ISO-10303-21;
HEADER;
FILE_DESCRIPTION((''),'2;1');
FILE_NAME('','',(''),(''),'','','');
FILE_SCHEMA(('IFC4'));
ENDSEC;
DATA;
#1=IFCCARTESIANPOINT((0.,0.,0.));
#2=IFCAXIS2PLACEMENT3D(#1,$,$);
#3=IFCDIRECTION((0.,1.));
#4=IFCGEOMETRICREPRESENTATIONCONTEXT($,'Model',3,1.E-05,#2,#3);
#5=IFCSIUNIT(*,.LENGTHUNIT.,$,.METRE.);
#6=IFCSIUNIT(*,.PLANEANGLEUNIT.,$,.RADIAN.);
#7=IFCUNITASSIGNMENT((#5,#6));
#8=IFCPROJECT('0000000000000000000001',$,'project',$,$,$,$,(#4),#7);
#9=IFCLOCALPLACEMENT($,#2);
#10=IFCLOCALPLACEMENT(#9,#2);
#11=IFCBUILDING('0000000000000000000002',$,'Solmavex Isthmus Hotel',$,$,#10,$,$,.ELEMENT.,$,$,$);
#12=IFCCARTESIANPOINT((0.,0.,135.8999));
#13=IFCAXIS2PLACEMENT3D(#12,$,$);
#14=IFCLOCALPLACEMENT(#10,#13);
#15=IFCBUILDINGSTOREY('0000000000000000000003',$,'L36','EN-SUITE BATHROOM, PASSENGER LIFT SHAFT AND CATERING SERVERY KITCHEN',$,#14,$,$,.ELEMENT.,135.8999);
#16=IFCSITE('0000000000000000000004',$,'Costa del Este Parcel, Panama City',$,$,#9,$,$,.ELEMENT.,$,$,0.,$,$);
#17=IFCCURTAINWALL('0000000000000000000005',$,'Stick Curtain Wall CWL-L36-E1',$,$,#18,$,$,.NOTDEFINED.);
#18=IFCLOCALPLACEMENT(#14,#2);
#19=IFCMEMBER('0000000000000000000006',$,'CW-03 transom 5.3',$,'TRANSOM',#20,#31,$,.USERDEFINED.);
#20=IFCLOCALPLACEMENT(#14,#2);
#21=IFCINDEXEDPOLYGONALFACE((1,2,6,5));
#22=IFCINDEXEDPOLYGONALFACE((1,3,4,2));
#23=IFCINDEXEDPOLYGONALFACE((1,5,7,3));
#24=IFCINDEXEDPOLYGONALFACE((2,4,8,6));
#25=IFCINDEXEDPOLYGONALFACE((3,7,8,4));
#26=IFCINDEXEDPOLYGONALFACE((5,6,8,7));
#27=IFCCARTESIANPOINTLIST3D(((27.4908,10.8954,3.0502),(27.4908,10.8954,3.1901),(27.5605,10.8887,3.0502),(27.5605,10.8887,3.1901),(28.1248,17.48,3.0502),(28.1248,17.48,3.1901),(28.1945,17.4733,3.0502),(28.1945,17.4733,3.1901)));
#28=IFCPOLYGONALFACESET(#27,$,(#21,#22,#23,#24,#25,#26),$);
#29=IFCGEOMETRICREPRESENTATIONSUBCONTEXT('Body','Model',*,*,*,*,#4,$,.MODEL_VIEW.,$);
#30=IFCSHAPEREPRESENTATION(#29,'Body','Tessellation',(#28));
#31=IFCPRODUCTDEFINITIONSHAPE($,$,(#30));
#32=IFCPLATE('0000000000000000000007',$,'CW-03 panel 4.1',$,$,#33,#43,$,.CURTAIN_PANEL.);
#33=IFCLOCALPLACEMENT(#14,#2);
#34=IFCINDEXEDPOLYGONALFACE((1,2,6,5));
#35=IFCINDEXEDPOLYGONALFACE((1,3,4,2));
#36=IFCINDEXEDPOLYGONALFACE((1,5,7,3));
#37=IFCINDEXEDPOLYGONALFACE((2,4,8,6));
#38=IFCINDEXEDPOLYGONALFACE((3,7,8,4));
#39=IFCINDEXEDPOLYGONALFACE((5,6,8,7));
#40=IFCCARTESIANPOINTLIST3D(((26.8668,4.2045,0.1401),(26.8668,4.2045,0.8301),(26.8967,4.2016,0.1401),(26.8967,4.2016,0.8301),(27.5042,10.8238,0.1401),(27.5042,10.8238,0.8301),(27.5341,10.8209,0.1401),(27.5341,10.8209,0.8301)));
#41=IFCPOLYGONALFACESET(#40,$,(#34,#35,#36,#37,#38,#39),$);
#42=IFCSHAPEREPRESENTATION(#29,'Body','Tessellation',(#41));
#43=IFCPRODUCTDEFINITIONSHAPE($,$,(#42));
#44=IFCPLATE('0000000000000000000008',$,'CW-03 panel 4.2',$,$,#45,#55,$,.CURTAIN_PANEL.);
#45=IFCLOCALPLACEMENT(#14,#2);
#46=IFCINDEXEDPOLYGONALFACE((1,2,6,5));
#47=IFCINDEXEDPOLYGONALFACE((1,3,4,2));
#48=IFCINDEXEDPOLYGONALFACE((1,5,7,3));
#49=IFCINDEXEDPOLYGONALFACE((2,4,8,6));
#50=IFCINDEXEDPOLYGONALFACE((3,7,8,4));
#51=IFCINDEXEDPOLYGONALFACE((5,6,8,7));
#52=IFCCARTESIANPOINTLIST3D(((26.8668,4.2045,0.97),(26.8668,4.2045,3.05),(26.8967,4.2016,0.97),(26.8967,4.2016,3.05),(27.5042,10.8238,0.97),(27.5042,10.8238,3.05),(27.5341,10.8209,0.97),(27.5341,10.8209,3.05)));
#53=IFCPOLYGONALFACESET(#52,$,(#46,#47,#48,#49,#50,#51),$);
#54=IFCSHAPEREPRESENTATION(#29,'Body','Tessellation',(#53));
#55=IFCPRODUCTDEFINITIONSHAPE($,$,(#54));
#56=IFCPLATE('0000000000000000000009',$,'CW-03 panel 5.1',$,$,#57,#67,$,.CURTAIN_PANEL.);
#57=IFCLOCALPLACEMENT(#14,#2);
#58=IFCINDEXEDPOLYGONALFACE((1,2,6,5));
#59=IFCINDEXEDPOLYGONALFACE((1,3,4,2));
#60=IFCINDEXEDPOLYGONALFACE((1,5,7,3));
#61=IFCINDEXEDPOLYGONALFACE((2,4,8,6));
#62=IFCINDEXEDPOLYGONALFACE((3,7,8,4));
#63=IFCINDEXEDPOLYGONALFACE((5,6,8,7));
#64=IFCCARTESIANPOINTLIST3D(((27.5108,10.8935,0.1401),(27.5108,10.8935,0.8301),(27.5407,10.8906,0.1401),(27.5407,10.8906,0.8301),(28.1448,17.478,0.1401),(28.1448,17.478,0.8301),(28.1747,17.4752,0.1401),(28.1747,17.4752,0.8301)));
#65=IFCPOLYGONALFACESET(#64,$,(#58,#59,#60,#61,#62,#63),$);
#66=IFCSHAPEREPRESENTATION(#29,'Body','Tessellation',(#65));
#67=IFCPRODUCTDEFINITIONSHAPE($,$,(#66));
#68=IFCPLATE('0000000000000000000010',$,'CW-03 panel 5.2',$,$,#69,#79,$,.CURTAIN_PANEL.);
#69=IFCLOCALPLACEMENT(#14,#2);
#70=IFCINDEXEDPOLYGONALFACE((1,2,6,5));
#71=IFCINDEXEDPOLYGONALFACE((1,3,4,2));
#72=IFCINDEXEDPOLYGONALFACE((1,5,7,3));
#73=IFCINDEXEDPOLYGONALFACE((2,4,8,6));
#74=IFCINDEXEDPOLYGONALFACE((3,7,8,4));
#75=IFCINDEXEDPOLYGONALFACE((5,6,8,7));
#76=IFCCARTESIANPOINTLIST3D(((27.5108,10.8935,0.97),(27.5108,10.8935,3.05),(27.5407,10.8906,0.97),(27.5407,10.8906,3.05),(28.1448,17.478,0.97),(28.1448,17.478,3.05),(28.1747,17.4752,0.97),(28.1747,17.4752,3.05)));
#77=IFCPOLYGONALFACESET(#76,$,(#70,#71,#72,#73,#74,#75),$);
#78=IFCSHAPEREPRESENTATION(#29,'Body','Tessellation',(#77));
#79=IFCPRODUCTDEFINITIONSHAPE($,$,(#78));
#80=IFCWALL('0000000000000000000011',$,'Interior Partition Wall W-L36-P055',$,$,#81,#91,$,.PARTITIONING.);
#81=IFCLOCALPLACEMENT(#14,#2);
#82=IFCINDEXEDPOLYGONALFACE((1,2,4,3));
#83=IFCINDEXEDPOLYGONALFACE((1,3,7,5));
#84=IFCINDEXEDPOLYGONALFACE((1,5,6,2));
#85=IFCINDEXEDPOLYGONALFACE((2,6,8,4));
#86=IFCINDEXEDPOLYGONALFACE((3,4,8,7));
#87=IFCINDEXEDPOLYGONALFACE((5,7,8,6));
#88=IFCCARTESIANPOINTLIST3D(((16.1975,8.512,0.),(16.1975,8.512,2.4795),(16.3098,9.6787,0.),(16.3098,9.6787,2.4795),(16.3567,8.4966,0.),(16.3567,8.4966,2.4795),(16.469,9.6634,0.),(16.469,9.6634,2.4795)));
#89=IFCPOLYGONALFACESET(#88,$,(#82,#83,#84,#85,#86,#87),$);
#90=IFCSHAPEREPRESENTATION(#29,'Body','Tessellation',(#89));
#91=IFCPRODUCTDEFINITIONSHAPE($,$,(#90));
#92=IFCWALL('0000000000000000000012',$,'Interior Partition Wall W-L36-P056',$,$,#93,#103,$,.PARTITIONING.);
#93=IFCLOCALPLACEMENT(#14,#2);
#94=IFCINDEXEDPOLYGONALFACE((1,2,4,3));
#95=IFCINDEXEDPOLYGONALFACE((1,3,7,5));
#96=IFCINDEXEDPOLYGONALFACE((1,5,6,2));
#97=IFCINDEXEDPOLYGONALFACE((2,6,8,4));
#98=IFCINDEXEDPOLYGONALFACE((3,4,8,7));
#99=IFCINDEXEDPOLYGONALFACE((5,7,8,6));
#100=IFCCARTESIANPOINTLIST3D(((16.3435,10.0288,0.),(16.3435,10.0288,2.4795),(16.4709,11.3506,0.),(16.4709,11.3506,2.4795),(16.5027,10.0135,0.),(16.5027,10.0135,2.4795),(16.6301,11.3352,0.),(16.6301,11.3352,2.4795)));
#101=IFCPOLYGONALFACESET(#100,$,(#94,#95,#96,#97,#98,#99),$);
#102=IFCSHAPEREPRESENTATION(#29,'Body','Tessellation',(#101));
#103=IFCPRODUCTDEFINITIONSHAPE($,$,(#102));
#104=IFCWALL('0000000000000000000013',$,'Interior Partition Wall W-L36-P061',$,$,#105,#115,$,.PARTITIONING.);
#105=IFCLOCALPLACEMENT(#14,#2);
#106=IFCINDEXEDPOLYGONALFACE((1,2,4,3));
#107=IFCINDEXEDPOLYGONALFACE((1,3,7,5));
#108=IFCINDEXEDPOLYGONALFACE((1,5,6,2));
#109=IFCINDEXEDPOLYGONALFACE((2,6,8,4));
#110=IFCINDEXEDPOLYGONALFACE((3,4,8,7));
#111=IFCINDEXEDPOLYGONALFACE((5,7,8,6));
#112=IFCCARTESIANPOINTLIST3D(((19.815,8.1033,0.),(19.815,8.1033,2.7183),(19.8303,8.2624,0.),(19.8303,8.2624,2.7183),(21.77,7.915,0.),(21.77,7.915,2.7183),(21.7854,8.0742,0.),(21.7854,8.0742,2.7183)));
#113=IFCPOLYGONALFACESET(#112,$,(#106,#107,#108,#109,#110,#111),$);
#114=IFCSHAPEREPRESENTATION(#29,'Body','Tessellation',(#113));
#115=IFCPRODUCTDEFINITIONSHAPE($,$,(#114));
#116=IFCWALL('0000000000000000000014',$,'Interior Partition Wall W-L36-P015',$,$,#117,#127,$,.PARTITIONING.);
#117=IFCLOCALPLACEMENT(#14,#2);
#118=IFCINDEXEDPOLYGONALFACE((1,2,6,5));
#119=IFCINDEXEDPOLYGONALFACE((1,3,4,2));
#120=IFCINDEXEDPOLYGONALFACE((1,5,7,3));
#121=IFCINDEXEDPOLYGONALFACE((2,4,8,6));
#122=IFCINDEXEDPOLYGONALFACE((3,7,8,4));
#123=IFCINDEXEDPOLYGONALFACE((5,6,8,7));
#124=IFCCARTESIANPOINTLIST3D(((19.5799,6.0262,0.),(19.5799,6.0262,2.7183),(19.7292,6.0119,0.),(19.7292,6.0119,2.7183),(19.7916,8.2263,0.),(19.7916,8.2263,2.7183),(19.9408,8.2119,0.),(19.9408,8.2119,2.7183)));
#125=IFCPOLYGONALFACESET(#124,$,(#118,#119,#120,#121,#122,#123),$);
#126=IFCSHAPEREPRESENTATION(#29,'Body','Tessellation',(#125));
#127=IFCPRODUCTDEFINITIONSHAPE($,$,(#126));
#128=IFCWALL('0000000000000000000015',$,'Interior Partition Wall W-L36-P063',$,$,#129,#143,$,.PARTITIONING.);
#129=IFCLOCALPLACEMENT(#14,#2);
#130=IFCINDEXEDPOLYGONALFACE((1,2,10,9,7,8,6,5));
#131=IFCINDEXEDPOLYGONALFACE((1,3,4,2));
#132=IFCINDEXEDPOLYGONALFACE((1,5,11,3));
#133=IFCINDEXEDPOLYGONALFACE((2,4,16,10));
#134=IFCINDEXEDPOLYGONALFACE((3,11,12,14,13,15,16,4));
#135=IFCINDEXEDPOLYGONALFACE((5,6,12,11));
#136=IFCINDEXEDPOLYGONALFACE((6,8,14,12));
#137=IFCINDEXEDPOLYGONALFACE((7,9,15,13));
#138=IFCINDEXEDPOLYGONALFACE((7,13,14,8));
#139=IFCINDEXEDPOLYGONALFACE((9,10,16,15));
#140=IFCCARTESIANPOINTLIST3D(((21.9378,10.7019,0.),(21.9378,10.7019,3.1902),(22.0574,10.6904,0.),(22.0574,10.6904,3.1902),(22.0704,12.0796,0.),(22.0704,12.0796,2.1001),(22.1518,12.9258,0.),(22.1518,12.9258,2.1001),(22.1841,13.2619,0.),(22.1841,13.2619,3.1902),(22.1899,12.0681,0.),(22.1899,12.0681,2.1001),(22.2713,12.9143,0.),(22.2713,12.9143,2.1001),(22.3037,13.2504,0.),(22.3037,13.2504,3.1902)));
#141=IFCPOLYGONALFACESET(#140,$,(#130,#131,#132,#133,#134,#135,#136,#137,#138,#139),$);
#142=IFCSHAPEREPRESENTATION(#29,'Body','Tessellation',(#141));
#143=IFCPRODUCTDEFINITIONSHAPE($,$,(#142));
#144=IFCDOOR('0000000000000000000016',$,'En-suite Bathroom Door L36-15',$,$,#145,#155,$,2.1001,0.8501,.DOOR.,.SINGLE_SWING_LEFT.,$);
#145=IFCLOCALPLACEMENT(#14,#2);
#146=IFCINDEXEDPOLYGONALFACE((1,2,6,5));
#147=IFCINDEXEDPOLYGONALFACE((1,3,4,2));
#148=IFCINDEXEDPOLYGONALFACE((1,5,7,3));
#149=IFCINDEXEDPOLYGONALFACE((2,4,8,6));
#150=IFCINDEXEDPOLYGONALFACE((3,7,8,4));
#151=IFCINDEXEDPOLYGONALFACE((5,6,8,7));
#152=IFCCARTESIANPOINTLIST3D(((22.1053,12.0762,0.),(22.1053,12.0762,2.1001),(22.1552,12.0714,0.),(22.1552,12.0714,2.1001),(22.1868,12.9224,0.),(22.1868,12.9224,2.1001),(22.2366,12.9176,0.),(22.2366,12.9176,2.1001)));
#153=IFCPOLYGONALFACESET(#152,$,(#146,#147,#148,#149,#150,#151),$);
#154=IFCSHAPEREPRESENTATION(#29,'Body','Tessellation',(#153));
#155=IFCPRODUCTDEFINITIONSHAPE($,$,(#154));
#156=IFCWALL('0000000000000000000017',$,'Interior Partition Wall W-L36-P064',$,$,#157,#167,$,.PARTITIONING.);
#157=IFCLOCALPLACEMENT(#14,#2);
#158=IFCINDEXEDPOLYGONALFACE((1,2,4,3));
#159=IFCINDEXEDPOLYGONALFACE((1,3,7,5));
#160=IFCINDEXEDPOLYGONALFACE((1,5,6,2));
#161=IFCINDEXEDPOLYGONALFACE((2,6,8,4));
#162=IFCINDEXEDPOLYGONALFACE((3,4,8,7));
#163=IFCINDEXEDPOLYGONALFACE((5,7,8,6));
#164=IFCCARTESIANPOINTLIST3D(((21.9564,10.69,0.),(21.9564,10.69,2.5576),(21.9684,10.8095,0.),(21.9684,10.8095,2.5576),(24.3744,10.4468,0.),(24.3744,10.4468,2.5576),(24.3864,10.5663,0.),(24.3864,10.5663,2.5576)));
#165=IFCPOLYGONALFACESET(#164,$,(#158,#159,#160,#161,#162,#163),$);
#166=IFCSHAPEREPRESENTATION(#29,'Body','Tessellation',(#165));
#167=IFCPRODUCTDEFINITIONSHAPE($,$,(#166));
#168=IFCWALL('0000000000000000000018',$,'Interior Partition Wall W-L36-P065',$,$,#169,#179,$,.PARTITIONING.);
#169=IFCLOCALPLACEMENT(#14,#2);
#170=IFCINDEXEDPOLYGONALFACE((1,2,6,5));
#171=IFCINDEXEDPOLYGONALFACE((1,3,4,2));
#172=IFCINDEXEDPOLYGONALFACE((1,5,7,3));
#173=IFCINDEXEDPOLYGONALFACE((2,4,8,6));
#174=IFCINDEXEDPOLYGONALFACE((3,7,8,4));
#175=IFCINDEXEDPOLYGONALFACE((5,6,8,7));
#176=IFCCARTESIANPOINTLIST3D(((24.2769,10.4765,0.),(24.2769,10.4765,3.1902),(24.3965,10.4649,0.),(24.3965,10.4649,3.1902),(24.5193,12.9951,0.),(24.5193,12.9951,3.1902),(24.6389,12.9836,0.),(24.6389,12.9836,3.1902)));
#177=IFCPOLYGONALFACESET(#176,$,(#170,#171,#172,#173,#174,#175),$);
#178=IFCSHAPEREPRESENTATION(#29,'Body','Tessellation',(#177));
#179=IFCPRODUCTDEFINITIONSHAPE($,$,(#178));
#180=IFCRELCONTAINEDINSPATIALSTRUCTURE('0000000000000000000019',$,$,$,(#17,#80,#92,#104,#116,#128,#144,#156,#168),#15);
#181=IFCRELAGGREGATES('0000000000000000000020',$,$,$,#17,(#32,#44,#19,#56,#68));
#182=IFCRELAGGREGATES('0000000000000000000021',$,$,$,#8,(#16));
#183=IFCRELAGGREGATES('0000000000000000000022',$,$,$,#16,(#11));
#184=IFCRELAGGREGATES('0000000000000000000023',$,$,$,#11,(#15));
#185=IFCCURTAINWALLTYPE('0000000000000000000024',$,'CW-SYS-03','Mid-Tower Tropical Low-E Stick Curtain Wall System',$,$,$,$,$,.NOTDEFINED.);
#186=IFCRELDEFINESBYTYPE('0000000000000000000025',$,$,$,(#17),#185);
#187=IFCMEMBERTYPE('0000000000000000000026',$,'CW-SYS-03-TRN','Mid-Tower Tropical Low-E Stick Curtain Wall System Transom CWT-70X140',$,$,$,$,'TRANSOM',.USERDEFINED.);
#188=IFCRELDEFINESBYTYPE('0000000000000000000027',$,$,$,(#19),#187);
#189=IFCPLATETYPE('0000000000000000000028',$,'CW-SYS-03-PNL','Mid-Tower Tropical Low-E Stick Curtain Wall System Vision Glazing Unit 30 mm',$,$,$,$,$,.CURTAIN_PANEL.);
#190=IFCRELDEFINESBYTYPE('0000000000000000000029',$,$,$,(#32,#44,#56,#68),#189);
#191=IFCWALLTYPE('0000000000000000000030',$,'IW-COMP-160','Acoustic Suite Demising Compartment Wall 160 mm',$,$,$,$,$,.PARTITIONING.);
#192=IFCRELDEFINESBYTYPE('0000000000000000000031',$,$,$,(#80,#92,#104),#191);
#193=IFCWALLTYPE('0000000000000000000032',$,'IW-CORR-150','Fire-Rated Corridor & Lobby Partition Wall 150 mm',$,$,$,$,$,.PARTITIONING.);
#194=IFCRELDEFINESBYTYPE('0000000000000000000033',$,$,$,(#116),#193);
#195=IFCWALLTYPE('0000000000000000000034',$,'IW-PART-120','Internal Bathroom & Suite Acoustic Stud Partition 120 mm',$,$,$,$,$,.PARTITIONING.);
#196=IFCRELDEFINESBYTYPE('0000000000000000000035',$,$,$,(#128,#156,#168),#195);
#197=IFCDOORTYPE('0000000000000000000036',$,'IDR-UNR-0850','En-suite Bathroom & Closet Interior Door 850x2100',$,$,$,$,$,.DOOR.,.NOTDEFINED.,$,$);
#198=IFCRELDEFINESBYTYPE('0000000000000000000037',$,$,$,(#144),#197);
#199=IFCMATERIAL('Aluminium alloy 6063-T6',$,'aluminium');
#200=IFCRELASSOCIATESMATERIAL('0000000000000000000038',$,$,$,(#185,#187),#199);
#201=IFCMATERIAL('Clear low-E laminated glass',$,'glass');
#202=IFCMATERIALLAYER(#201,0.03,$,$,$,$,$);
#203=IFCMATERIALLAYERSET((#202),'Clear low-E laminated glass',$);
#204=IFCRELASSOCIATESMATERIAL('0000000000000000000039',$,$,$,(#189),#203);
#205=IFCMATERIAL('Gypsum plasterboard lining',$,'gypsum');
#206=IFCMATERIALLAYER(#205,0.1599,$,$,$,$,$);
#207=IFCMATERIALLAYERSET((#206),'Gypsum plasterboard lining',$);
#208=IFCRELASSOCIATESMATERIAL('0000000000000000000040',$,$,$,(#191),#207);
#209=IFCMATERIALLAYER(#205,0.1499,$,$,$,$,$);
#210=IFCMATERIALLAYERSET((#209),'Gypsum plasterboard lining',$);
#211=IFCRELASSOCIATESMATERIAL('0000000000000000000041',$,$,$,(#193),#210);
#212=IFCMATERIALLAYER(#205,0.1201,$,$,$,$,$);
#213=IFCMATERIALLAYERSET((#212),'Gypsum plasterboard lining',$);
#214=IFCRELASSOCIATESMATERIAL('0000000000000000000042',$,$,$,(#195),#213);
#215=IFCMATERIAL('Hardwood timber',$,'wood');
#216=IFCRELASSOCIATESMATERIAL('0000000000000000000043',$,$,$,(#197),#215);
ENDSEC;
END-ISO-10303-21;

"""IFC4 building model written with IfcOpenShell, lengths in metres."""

from ifc_helpers import new_model, si_unit, direction, frame, frame_2d, origin, origin_2d, place, context, subcontext, project, spatial, rectangle, extrude, material, layer, layer_set, material_profile, profile_set, type_object, element, fill, aggregate, save


model = new_model("IFC4")

# Units and contexts
model_context = context("Model", 3, precision=1e-05, world=origin(), true_north=direction((0.0, 1.0)))
body_context = subcontext(model_context, "Body", "Model", "MODEL_VIEW")
ifc_project = project(units=[si_unit("LENGTHUNIT", "METRE"), si_unit("PLANEANGLEUNIT", "RADIAN")], contexts=[model_context])

# Site, building, storey
site_placement = place(None, origin())
site = spatial("IfcSite", under=ifc_project, at=site_placement, Name="Costa del Este Parcel, Panama City", CompositionType="ELEMENT", RefElevation=0.0)
building_placement = place(site_placement, origin())
building = spatial("IfcBuilding", under=site, at=building_placement, Name="Solmavex Isthmus Hotel", CompositionType="ELEMENT")
storey_placement = place(building_placement, frame((0.0, 0.0, 135.8999)))
storey = spatial("IfcBuildingStorey", under=building, at=storey_placement, Name="L36", Description="EN-SUITE BATHROOM, PASSENGER LIFT SHAFT AND CATERING SERVERY KITCHEN", CompositionType="ELEMENT", Elevation=135.8999)

# Curtain wall, member, plates
ifc_material_1 = material(Name="Aluminium alloy 6063-T6", Category="aluminium")
curtain_wall_type = type_object("IfcCurtainWallType", Name="CW-SYS-03", Description="Mid-Tower Tropical Low-E Stick Curtain Wall System", PredefinedType="NOTDEFINED", material=ifc_material_1)
curtain_wall_placement = place(storey_placement, origin())
curtain_wall = element("IfcCurtainWall", 1, at=curtain_wall_placement, inside=storey, type_object=curtain_wall_type, Name="Stick Curtain Wall CWL-L36-E1", PredefinedType="NOTDEFINED")
ifc_material_profile_1 = material_profile(ifc_material_1, rectangle(XDim=0.0701, YDim=0.1399, at=origin_2d()), Name="CWT-70X140")
ifc_profile_set_1 = profile_set([ifc_material_profile_1], Name="Aluminium alloy 6063-T6")
member_type_1 = type_object("IfcMemberType", Name="CW-SYS-03-TRN", Description="Mid-Tower Tropical Low-E Stick Curtain Wall System Transom CWT-70X140", ElementType="TRANSOM", PredefinedType="USERDEFINED", material=ifc_profile_set_1)
member_1_placement = place(storey_placement, frame((27.5256, 10.8921, 3.1201), z_axis=(0.095849, 0.995396, 0.0), x_axis=(-0.995396, 0.095849, 0.0)))
member_1 = element("IfcMember", 2, at=member_1_placement, type_object=member_type_1, Name="CW-03 transom 5.3", ObjectType="TRANSOM", PredefinedType="USERDEFINED", context=body_context, shape_type="SweptSolid", body=[
    extrude(rectangle(XDim=0.0701, YDim=0.1399, at=origin_2d()), origin(), (0.0, 0.0, 1.0), 6.615),
])
ifc_material_2 = material(Name="Clear low-E laminated glass", Category="glass")
ifc_layer_1 = layer(ifc_material_2, 0.03)
ifc_layer_set_1 = layer_set([ifc_layer_1], Name="Clear low-E laminated glass")
plate_type = type_object("IfcPlateType", Name="CW-SYS-03-PNL", Description="Mid-Tower Tropical Low-E Stick Curtain Wall System Vision Glazing Unit 30 mm", PredefinedType="CURTAIN_PANEL", material=ifc_layer_set_1)
plate_1_placement = place(storey_placement, frame((27.2004, 7.5127, 0.1401), z_axis=(0.0, 0.0, 1.0), x_axis=(0.095846, 0.995396, 0.0)))
plate_1 = element("IfcPlate", 3, at=plate_1_placement, type_object=plate_type, Name="CW-03 panel 4.1", PredefinedType="CURTAIN_PANEL", context=body_context, shape_type="SweptSolid", body=[
    extrude(rectangle(XDim=6.6499, YDim=0.03, at=origin_2d()), origin(), (0.0, 0.0, 1.0), 0.6899),
])
plate_2_placement = place(storey_placement, frame((27.2004, 7.5127, 0.97), z_axis=(0.0, 0.0, 1.0), x_axis=(0.095846, 0.995396, 0.0)))
plate_2 = element("IfcPlate", 4, at=plate_2_placement, type_object=plate_type, Name="CW-03 panel 4.2", PredefinedType="CURTAIN_PANEL", context=body_context, shape_type="SweptSolid", body=[
    extrude(rectangle(XDim=6.6499, YDim=0.03, at=origin_2d()), origin(), (0.0, 0.0, 1.0), 2.0801),
])
plate_3_placement = place(storey_placement, frame((27.8428, 14.1843, 0.1401), z_axis=(0.0, 0.0, 1.0), x_axis=(0.095846, 0.995396, 0.0)))
plate_3 = element("IfcPlate", 5, at=plate_3_placement, type_object=plate_type, Name="CW-03 panel 5.1", PredefinedType="CURTAIN_PANEL", context=body_context, shape_type="SweptSolid", body=[
    extrude(rectangle(XDim=6.615, YDim=0.03, at=origin_2d()), origin(), (0.0, 0.0, 1.0), 0.6899),
])
plate_4_placement = place(storey_placement, frame((27.8428, 14.1843, 0.97), z_axis=(0.0, 0.0, 1.0), x_axis=(0.095846, 0.995396, 0.0)))
plate_4 = element("IfcPlate", 6, at=plate_4_placement, type_object=plate_type, Name="CW-03 panel 5.2", PredefinedType="CURTAIN_PANEL", context=body_context, shape_type="SweptSolid", body=[
    extrude(rectangle(XDim=6.615, YDim=0.03, at=origin_2d()), origin(), (0.0, 0.0, 1.0), 2.0801),
])
aggregate(curtain_wall, [plate_1, plate_2, member_1, plate_3, plate_4])

# Walls
ifc_material_3 = material(Name="Gypsum plasterboard lining", Category="gypsum")
ifc_layer_2 = layer(ifc_material_3, 0.1599)
ifc_layer_set_2 = layer_set([ifc_layer_2], Name="Gypsum plasterboard lining")
wall_type_1 = type_object("IfcWallType", Name="IW-COMP-160", Description="Acoustic Suite Demising Compartment Wall 160 mm", PredefinedType="PARTITIONING", material=ifc_layer_set_2)
wall_1_placement = place(storey_placement, frame((16.3894, 9.6709, 0.0), z_axis=(0.0, 0.0, 1.0), x_axis=(-0.095812, -0.995399, 0.0)))
element("IfcWall", 7, at=wall_1_placement, inside=storey, type_object=wall_type_1, Name="Interior Partition Wall W-L36-P055", PredefinedType="PARTITIONING", context=body_context, shape_type="SweptSolid", body=[
    extrude(rectangle(XDim=1.1721, YDim=0.1599, at=frame_2d((0.5859, 0.0))), origin(), (0.0, 0.0, 1.0), 2.4795),
])
wall_2_placement = place(storey_placement, frame((16.5505, 11.343, 0.0), z_axis=(0.0, 0.0, 1.0), x_axis=(-0.095972, -0.995384, 0.0)))
element("IfcWall", 8, at=wall_2_placement, inside=storey, type_object=wall_type_1, Name="Interior Partition Wall W-L36-P056", PredefinedType="PARTITIONING", context=body_context, shape_type="SweptSolid", body=[
    extrude(rectangle(XDim=1.3279, YDim=0.1599, at=frame_2d((0.6641, 0.0))), origin(), (0.0, 0.0, 1.0), 2.4795),
])

# Shared definitions
ifc_material_4 = material(Name="Hardwood timber", Category="wood")

# Wall
wall_3_placement = place(storey_placement, frame((21.7776, 7.9946, 0.0), z_axis=(0.0, 0.0, 1.0), x_axis=(-0.995397, 0.095836, 0.0)))
element("IfcWall", 9, at=wall_3_placement, inside=storey, type_object=wall_type_1, Name="Interior Partition Wall W-L36-P061", PredefinedType="PARTITIONING", context=body_context, shape_type="SweptSolid", body=[
    extrude(rectangle(XDim=1.9641, YDim=0.1599, at=frame_2d((0.9819, 0.0))), origin(), (0.0, 0.0, 1.0), 2.7183),
])

# Shared definitions
ifc_layer_3 = layer(ifc_material_3, 0.1499)
ifc_layer_set_3 = layer_set([ifc_layer_3], Name="Gypsum plasterboard lining")
wall_type_2 = type_object("IfcWallType", Name="IW-CORR-150", Description="Fire-Rated Corridor & Lobby Partition Wall 150 mm", PredefinedType="PARTITIONING", material=ifc_layer_set_3)

# Wall
wall_4_placement = place(storey_placement, frame((19.8662, 8.219, 0.0), z_axis=(0.0, 0.0, 1.0), x_axis=(-0.095773, -0.995403, 0.0)))
element("IfcWall", 10, at=wall_4_placement, inside=storey, type_object=wall_type_2, Name="Interior Partition Wall W-L36-P015", PredefinedType="PARTITIONING", context=body_context, shape_type="SweptSolid", body=[
    extrude(rectangle(XDim=2.2102, YDim=0.1499, at=frame_2d((1.105, 0.0))), origin(), (0.0, 0.0, 1.0), 2.7183),
])

# Wall, opening, door
ifc_layer_4 = layer(ifc_material_3, 0.1201)
ifc_layer_set_4 = layer_set([ifc_layer_4], Name="Gypsum plasterboard lining")
wall_type_3 = type_object("IfcWallType", Name="IW-PART-120", Description="Internal Bathroom & Suite Acoustic Stud Partition 120 mm", PredefinedType="PARTITIONING", material=ifc_layer_set_4)
wall_5_placement = place(storey_placement, frame((22.2439, 13.2561, 0.0), z_axis=(0.0, 0.0, 1.0), x_axis=(-0.095781, -0.995402, 0.0)))
wall_5 = element("IfcWall", 11, at=wall_5_placement, inside=storey, type_object=wall_type_3, Name="Interior Partition Wall W-L36-P063", PredefinedType="PARTITIONING", context=body_context, shape_type="SweptSolid", body=[
    extrude(rectangle(XDim=2.5718, YDim=0.1201, at=frame_2d((1.2859, 0.0))), origin(), (0.0, 0.0, 1.0), 3.1902),
])
opening_1_placement = place(wall_5_placement, frame((0.3376, 0.0, 0.0)))
opening_1 = element("IfcOpeningElement", 12, at=opening_1_placement, cuts=wall_5, PredefinedType="OPENING", context=body_context, shape_type="SweptSolid", body=[
    extrude(rectangle(XDim=0.8501, YDim=2.1001, at=frame_2d((0.425, 1.05))), frame((0.0, 0.0701, 0.0), z_axis=(0.0, -1.0, 0.0), x_axis=(1.0, 0.0, 0.0)), (0.0, 0.0, 1.0), 0.1401),
])
door_type_1 = type_object("IfcDoorType", Name="IDR-UNR-0850", Description="En-suite Bathroom & Closet Interior Door 850x2100", OperationType="NOTDEFINED", PredefinedType="DOOR", material=ifc_material_4)
door_1_placement = place(opening_1_placement, frame((0.8501, 0.0, 0.0), z_axis=(0.0, 0.0, 1.0), x_axis=(-1.0, 0.0, 0.0)))
door_1 = element("IfcDoor", 13, at=door_1_placement, inside=storey, type_object=door_type_1, Name="En-suite Bathroom Door L36-15", OperationType="SINGLE_SWING_LEFT", OverallHeight=2.1001, OverallWidth=0.8501, PredefinedType="DOOR", context=body_context, shape_type="SweptSolid", body=[
    extrude(rectangle(XDim=0.8501, YDim=2.1001, at=frame_2d((0.425, 1.05))), frame((0.0, 0.0249, 0.0), z_axis=(0.0, -1.0, 0.0), x_axis=(1.0, 0.0, 0.0)), (0.0, 0.0, 1.0), 0.05),
])
fill(opening_1, door_1)

# Walls
wall_6_placement = place(storey_placement, frame((21.9624, 10.7498, 0.0), z_axis=(0.0, 0.0, 1.0), x_axis=(0.994981, -0.100061, 0.0)))
element("IfcWall", 14, at=wall_6_placement, inside=storey, type_object=wall_type_3, Name="Interior Partition Wall W-L36-P064", PredefinedType="PARTITIONING", context=body_context, shape_type="SweptSolid", body=[
    extrude(rectangle(XDim=2.4302, YDim=0.1201, at=frame_2d((1.2151, 0.0))), origin(), (0.0, 0.0, 1.0), 2.5576),
])
wall_7_placement = place(storey_placement, frame((24.3367, 10.4707, 0.0), z_axis=(0.0, 0.0, 1.0), x_axis=(0.095815, 0.995399, 0.0)))
element("IfcWall", 15, at=wall_7_placement, inside=storey, type_object=wall_type_3, Name="Interior Partition Wall W-L36-P065", PredefinedType="PARTITIONING", context=body_context, shape_type="SweptSolid", body=[
    extrude(rectangle(XDim=2.5303, YDim=0.1201, at=frame_2d((1.2651, 0.0))), origin(), (0.0, 0.0, 1.0), 3.1902),
])

save(model, "model.ifc")
